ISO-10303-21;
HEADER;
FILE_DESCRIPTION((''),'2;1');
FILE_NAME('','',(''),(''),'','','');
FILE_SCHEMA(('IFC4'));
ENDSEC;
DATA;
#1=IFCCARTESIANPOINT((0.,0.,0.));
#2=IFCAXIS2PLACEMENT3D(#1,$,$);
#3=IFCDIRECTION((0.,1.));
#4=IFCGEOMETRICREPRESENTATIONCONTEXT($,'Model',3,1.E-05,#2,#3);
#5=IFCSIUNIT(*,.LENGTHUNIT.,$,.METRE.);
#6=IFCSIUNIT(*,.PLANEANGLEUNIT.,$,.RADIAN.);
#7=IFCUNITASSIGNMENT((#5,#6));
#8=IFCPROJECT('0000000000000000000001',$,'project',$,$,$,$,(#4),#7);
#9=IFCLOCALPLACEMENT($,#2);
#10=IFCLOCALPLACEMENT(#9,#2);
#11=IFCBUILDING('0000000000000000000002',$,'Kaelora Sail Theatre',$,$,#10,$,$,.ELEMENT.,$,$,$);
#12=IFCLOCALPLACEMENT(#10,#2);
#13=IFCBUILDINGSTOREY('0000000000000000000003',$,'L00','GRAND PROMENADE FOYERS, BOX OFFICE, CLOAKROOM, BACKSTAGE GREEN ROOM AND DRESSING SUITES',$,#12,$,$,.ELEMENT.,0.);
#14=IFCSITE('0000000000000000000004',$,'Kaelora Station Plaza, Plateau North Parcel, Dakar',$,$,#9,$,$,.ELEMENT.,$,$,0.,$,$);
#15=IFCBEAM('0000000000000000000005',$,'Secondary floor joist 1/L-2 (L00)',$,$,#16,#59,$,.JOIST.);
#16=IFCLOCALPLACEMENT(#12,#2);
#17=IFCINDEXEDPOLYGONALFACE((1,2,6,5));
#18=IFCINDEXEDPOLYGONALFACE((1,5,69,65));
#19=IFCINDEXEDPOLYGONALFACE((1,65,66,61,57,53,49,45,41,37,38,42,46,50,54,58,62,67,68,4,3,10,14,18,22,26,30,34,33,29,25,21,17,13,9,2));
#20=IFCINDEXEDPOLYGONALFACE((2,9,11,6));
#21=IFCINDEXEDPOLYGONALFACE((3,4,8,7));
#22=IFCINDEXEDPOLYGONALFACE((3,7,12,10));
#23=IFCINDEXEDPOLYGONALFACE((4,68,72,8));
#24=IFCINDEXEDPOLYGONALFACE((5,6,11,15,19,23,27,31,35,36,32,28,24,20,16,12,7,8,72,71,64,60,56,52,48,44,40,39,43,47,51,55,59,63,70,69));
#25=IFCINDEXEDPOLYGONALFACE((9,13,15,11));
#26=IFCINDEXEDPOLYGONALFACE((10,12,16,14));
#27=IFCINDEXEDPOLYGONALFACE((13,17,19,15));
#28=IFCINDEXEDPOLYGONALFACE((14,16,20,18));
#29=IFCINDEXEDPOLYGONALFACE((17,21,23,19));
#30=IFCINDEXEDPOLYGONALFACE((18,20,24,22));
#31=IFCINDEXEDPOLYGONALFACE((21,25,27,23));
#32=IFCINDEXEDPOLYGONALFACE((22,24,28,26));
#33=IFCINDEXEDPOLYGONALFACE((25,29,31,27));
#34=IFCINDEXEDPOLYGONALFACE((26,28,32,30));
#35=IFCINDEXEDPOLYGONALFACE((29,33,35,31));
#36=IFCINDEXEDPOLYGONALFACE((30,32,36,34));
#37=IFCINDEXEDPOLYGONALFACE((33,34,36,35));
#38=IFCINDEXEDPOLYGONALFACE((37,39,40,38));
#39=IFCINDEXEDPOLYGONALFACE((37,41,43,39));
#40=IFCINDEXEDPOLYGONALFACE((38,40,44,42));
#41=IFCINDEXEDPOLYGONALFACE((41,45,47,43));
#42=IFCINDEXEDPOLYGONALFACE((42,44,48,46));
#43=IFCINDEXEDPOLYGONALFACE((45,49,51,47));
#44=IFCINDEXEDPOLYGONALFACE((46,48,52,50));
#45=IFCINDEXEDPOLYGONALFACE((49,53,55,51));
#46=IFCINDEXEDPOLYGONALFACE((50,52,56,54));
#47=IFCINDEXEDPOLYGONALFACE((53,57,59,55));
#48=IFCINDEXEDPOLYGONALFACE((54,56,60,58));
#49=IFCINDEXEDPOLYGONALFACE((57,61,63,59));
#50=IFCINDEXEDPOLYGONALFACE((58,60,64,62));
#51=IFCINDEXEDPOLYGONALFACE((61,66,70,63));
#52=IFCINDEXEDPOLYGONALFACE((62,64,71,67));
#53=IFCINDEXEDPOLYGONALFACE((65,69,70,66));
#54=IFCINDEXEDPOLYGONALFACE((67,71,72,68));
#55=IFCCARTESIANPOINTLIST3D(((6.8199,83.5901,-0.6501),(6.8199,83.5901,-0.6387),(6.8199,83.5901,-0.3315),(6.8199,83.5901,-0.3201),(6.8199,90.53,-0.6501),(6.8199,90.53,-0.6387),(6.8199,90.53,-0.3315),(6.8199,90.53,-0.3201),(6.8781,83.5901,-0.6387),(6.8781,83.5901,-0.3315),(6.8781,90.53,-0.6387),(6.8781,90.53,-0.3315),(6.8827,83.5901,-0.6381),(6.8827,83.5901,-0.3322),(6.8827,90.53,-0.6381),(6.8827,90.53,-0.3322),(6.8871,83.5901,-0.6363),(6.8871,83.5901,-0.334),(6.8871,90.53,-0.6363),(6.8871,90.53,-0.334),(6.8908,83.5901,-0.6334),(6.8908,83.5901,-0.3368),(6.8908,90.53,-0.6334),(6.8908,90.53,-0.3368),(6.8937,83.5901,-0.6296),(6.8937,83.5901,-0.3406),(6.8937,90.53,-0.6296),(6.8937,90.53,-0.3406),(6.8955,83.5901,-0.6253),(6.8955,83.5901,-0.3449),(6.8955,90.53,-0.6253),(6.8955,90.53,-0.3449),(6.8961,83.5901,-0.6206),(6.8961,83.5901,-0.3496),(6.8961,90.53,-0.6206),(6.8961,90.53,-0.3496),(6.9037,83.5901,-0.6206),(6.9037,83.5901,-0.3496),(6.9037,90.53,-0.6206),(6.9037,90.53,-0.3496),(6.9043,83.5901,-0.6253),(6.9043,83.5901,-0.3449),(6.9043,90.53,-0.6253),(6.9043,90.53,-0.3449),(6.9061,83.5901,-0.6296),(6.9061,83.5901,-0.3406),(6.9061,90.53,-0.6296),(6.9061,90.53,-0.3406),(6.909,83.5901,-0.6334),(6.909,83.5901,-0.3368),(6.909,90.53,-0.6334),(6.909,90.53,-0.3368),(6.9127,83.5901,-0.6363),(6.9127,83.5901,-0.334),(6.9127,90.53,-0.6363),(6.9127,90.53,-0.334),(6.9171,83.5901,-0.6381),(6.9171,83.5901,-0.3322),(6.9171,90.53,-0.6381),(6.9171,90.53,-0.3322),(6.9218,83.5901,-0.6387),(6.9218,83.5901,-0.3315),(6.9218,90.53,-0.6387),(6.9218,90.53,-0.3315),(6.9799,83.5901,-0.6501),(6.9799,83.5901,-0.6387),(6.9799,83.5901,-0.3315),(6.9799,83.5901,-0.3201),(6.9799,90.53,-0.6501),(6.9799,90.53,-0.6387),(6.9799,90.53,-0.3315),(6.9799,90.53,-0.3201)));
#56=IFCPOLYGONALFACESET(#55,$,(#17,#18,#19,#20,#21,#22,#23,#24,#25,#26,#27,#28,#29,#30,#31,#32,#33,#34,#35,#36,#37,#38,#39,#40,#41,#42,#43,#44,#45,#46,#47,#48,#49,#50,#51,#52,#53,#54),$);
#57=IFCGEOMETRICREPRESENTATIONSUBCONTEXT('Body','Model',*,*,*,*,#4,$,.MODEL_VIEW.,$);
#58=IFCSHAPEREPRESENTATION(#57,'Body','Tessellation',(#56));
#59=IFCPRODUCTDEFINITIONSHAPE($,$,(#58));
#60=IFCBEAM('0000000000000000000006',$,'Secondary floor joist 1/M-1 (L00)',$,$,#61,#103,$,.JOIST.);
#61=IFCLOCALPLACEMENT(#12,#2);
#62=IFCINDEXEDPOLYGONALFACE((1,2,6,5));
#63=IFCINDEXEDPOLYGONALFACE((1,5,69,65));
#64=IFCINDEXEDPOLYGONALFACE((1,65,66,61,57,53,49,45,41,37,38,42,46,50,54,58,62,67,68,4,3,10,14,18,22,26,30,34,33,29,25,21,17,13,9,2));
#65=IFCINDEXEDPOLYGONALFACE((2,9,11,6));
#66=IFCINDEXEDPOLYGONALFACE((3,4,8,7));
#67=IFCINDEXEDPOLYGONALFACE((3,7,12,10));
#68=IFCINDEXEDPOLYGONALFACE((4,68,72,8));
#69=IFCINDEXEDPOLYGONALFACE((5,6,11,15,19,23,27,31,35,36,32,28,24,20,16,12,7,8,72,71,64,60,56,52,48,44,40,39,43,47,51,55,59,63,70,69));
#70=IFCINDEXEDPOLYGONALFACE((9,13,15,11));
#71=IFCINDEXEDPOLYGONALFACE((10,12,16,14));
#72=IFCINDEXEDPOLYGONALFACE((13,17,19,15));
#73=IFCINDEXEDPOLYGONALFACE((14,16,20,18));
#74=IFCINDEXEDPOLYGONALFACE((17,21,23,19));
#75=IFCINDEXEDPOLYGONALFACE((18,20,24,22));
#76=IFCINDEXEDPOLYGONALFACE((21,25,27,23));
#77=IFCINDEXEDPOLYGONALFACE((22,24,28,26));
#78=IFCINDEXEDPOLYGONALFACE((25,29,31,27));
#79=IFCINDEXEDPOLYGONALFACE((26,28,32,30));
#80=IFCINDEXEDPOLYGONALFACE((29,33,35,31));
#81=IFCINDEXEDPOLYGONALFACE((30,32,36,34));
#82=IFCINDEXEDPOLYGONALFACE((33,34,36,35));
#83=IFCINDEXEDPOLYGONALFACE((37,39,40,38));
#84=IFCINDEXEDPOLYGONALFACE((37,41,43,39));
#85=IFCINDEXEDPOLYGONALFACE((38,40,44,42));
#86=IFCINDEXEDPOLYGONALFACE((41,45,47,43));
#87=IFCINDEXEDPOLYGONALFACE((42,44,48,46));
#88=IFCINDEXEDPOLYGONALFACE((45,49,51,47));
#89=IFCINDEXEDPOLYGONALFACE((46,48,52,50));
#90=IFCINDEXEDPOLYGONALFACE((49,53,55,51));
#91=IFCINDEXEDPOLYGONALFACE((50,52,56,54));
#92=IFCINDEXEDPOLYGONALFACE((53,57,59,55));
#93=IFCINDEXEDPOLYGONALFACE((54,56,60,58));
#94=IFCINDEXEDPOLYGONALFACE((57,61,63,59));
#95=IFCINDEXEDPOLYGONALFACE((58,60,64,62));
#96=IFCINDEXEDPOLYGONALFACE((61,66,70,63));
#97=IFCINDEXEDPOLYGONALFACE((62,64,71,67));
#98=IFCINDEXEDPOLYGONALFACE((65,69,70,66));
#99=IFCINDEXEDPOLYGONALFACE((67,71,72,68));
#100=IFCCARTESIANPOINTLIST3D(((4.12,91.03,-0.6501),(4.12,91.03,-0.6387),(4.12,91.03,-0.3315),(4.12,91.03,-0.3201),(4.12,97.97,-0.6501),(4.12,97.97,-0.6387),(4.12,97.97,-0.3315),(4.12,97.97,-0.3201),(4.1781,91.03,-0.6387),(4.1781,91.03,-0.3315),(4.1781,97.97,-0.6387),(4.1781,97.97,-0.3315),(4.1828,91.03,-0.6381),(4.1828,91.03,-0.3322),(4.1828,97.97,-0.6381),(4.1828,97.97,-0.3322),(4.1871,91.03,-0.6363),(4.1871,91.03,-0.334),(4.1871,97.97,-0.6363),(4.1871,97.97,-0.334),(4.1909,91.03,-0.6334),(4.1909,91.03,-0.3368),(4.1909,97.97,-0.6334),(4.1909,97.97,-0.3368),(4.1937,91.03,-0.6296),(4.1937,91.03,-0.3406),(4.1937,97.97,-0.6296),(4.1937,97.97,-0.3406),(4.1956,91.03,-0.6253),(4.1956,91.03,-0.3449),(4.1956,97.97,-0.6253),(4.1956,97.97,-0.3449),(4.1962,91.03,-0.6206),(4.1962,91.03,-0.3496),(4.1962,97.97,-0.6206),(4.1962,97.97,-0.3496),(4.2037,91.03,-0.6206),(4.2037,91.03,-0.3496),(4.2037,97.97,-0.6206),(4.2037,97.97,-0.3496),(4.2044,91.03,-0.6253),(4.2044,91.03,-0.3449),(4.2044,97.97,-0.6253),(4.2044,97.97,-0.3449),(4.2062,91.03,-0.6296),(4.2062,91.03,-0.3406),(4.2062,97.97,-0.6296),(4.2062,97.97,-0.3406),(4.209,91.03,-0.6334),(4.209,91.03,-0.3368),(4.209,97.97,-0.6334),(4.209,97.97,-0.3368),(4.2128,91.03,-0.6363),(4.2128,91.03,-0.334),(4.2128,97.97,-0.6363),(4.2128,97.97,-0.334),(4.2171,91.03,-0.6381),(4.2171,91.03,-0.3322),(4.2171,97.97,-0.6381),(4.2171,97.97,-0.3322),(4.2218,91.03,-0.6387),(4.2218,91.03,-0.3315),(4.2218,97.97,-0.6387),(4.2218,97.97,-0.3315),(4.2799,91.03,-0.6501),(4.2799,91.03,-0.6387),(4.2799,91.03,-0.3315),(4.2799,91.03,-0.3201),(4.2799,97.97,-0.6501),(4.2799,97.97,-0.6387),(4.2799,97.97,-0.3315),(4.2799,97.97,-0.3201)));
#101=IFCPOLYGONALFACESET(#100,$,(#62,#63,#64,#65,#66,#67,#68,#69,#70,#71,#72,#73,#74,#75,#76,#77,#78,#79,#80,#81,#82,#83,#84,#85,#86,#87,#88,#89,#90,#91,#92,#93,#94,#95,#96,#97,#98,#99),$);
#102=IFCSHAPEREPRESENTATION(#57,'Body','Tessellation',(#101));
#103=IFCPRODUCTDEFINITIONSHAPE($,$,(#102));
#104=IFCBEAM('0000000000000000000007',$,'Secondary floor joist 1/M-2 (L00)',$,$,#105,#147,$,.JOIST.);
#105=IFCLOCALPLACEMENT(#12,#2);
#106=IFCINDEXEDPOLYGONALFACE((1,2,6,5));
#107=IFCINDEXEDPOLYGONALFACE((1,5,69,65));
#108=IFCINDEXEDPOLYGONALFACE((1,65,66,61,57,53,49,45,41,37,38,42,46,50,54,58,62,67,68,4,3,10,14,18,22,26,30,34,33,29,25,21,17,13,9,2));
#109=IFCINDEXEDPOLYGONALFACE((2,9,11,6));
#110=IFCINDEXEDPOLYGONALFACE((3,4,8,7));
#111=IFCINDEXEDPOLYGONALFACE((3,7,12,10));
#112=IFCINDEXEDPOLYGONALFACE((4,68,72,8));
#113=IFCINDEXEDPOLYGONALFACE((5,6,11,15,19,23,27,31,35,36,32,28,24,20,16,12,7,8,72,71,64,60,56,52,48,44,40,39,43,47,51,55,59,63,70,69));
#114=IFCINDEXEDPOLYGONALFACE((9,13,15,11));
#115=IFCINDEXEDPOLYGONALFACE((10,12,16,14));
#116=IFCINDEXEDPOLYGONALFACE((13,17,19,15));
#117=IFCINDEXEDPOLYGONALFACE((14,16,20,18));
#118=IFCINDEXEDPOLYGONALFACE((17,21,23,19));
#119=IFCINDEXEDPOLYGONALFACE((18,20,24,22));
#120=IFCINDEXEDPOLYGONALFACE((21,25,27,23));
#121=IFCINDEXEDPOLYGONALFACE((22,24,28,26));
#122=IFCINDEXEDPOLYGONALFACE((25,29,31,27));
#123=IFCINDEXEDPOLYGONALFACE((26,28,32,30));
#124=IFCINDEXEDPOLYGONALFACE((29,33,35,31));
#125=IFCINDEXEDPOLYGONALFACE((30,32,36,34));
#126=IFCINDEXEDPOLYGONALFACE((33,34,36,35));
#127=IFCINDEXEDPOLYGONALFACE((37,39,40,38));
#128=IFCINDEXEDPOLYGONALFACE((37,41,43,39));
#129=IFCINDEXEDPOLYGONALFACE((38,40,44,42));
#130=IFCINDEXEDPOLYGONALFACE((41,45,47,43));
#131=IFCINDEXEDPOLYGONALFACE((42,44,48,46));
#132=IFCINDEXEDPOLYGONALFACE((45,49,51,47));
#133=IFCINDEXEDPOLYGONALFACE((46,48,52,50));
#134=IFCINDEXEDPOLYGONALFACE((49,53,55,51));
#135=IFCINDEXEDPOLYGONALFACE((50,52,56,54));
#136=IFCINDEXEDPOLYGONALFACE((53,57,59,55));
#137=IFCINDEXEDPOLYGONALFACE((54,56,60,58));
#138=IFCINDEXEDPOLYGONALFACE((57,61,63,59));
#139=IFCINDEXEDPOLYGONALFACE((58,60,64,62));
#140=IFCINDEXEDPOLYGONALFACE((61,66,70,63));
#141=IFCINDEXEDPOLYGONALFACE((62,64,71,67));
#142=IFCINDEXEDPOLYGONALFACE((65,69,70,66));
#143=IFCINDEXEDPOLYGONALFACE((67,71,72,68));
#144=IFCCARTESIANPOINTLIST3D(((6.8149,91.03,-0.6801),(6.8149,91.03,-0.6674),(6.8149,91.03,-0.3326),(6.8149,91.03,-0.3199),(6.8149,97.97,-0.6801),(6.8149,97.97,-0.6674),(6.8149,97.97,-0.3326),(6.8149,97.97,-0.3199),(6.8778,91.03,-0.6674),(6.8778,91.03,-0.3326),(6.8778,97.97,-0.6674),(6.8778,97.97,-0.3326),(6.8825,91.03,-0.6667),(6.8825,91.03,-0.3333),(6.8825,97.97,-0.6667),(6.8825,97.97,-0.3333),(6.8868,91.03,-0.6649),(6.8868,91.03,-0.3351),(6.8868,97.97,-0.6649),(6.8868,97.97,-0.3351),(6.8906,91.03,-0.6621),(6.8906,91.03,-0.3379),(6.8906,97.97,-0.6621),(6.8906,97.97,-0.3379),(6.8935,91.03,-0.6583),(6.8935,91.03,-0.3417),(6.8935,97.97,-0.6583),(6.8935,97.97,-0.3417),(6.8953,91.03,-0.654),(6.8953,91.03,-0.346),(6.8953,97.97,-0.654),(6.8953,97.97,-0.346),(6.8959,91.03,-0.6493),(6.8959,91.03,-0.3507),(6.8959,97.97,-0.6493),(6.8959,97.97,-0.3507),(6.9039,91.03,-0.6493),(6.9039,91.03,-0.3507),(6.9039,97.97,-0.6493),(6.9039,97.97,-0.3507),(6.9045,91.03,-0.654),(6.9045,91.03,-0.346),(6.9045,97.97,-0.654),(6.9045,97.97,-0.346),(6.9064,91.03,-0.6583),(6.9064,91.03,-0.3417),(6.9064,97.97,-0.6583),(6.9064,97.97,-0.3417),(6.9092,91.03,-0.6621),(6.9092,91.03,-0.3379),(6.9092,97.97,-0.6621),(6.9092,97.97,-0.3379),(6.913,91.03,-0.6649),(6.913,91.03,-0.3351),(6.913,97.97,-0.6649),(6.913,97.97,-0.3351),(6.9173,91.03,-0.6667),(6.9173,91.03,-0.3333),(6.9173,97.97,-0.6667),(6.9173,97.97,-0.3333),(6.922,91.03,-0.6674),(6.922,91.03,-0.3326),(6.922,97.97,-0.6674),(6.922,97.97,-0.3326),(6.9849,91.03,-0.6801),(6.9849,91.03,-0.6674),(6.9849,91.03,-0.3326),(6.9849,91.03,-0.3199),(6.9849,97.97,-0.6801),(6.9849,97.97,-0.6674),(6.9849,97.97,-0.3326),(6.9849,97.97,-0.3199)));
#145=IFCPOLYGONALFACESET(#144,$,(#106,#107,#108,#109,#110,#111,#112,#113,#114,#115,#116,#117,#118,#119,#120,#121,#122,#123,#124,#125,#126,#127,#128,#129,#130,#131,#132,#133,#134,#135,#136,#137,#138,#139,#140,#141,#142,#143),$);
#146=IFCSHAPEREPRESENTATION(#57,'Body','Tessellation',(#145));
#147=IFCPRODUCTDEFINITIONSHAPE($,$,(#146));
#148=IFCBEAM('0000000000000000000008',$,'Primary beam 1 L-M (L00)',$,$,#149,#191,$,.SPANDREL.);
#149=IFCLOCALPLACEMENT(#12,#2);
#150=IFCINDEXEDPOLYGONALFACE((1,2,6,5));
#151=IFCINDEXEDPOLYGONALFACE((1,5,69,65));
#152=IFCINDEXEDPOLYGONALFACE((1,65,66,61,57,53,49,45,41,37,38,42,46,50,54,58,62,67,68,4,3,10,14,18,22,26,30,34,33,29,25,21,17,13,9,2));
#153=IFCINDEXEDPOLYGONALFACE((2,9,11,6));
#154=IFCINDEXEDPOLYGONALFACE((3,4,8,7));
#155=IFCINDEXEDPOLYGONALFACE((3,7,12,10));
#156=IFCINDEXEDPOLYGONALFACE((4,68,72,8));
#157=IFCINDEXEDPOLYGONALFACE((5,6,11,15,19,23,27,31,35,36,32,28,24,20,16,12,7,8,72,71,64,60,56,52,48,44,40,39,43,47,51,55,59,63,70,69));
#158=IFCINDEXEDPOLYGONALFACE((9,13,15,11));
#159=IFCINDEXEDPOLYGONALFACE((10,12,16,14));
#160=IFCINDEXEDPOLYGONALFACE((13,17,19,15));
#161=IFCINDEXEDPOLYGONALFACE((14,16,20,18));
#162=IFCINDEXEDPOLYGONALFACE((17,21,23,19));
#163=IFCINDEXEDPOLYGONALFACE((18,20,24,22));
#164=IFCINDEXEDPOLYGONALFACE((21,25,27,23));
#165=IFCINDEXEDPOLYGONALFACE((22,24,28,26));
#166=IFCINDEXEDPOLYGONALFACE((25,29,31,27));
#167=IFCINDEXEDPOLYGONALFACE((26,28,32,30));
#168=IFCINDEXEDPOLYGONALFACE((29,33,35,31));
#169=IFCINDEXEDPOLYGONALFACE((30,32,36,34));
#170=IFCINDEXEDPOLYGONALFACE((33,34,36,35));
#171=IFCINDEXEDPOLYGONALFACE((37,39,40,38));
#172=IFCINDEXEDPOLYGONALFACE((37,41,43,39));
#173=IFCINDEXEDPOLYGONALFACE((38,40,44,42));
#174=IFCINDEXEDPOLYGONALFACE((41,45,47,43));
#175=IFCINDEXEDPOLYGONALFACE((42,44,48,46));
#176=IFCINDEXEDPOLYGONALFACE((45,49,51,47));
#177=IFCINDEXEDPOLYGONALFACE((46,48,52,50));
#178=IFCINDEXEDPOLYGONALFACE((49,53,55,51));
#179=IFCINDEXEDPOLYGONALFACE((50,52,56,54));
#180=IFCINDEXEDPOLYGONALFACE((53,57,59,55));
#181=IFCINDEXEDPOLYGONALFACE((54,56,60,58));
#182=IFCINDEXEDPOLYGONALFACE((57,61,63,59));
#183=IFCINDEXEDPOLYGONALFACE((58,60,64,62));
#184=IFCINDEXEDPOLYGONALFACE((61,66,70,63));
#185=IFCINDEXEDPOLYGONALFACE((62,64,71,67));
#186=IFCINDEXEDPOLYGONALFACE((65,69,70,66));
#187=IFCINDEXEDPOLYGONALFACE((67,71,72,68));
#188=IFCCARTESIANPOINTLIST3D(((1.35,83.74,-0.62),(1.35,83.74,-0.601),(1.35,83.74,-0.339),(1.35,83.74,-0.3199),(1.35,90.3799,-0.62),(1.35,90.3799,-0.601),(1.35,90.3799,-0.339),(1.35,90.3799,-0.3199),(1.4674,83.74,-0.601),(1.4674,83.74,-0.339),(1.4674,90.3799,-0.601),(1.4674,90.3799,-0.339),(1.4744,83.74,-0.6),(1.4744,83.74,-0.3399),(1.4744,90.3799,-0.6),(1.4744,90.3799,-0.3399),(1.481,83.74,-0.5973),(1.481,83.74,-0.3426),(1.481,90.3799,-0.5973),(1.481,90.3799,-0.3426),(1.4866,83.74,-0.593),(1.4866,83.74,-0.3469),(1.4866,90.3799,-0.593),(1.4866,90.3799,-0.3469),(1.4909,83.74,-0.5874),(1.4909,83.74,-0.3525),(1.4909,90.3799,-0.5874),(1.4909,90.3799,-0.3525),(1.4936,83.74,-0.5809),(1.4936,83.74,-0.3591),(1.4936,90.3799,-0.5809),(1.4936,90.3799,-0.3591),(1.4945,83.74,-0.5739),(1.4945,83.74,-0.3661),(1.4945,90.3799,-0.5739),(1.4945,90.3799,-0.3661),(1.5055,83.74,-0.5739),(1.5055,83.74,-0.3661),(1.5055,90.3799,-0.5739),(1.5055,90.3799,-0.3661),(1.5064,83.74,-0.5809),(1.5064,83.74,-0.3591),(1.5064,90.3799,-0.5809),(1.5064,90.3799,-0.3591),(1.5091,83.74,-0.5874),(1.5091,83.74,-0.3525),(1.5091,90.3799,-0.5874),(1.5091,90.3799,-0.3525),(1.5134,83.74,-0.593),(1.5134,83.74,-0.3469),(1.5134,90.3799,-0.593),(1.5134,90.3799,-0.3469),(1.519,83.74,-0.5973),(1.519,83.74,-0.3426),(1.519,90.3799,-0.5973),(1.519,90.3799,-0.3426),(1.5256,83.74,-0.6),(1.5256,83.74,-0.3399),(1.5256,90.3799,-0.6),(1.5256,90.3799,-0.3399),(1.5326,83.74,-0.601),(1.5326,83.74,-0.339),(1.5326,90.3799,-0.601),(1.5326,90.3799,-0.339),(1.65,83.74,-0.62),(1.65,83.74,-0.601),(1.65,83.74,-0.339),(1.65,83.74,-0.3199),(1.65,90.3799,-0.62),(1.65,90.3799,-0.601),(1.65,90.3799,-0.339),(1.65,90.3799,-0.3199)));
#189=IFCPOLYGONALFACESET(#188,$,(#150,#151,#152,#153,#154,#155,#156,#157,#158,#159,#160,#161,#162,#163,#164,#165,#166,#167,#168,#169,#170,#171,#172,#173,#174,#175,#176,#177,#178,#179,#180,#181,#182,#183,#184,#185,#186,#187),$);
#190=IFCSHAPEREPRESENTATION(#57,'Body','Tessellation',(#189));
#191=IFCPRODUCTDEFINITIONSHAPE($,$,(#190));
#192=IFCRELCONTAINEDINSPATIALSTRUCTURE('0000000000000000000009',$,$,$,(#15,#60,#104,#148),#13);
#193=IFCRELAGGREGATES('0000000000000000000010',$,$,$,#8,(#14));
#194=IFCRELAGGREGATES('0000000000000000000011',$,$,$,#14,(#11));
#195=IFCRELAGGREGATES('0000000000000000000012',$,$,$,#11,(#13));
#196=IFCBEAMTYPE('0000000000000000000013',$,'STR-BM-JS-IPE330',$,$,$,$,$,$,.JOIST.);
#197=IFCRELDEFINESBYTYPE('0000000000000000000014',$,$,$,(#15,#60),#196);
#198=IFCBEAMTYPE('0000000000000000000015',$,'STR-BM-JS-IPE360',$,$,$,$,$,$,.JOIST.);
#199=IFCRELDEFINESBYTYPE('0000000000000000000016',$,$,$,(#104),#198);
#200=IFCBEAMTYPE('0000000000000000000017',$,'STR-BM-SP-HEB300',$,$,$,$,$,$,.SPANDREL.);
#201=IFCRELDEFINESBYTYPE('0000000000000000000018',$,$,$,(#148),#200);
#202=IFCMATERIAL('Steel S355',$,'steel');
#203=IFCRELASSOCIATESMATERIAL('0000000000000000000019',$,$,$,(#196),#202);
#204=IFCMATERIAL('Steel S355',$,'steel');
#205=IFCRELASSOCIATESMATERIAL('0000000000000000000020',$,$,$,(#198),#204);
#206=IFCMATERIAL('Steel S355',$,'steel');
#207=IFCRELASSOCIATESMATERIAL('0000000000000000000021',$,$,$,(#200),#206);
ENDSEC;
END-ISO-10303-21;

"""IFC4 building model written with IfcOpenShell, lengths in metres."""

from ifc_helpers import new_model, si_unit, direction, frame, origin, origin_2d, place, context, subcontext, project, spatial, i_section, extrude, material, material_profile, profile_set, type_object, element, save


model = new_model("IFC4")

# Units and contexts
model_context = context("Model", 3, precision=1e-05, world=origin(), true_north=direction((0.0, 1.0)))
body_context = subcontext(model_context, "Body", "Model", "MODEL_VIEW")
ifc_project = project(units=[si_unit("LENGTHUNIT", "METRE"), si_unit("PLANEANGLEUNIT", "RADIAN")], contexts=[model_context])

# Site, building, storey
site_placement = place(None, origin())
site = spatial("IfcSite", under=ifc_project, at=site_placement, Name="Kaelora Station Plaza, Plateau North Parcel, Dakar", CompositionType="ELEMENT", RefElevation=0.0)
building_placement = place(site_placement, origin())
building = spatial("IfcBuilding", under=site, at=building_placement, Name="Kaelora Sail Theatre", CompositionType="ELEMENT")
storey_placement = place(building_placement, origin())
storey = spatial("IfcBuildingStorey", under=building, at=storey_placement, Name="L00", Description="GRAND PROMENADE FOYERS, BOX OFFICE, CLOAKROOM, BACKSTAGE GREEN ROOM AND DRESSING SUITES", CompositionType="ELEMENT", Elevation=0.0)

# Beams
ifc_material_1 = material(Name="Steel S355", Category="steel")
ifc_material_profile_1 = material_profile(ifc_material_1, i_section(OverallWidth=0.1599, OverallDepth=0.3301, WebThickness=0.0076, FlangeThickness=0.0115, FilletRadius=0.0181, at=origin_2d()), Name="IPE 330")
ifc_profile_set_1 = profile_set([ifc_material_profile_1], Name="Steel S355")
beam_type_1 = type_object("IfcBeamType", Name="STR-BM-JS-IPE330", PredefinedType="JOIST", material=ifc_profile_set_1)
for number, where, z_axis, x_axis, name in (
    (1, (6.8999, 83.5901, -0.4851), (0.0, 1.0, 0.0), (-1.0, 0.0, 0.0), "Secondary floor joist 1/L-2 (L00)"),
    (2, (4.2, 91.03, -0.4851), (0.0, 1.0, 0.0), (-1.0, 0.0, 0.0), "Secondary floor joist 1/M-1 (L00)"),
):
    element("IfcBeam", number, at=place(storey_placement, frame(where, z_axis=z_axis, x_axis=x_axis)), inside=storey, type_object=beam_type_1, Name=name, PredefinedType="JOIST", context=body_context, shape_type="SweptSolid", body=[
        extrude(i_section(OverallWidth=0.1599, OverallDepth=0.3301, WebThickness=0.0076, FlangeThickness=0.0115, FilletRadius=0.0181, at=origin_2d()), origin(), (0.0, 0.0, 1.0), 6.9399),
    ])
ifc_material_2 = material(Name="Steel S355", Category="steel")
ifc_material_profile_2 = material_profile(ifc_material_2, i_section(OverallWidth=0.1699, OverallDepth=0.3601, WebThickness=0.0081, FlangeThickness=0.0127, FilletRadius=0.0181, at=origin_2d()), Name="IPE 360")
ifc_profile_set_2 = profile_set([ifc_material_profile_2], Name="Steel S355")
beam_type_2 = type_object("IfcBeamType", Name="STR-BM-JS-IPE360", PredefinedType="JOIST", material=ifc_profile_set_2)
beam_1_placement = place(storey_placement, frame((6.8999, 91.03, -0.5), z_axis=(0.0, 1.0, 0.0), x_axis=(-1.0, 0.0, 0.0)))
element("IfcBeam", 3, at=beam_1_placement, inside=storey, type_object=beam_type_2, Name="Secondary floor joist 1/M-2 (L00)", PredefinedType="JOIST", context=body_context, shape_type="SweptSolid", body=[
    extrude(i_section(OverallWidth=0.1699, OverallDepth=0.3601, WebThickness=0.0081, FlangeThickness=0.0127, FilletRadius=0.0181, at=origin_2d()), origin(), (0.0, 0.0, 1.0), 6.9399),
])
ifc_material_3 = material(Name="Steel S355", Category="steel")
ifc_material_profile_3 = material_profile(ifc_material_3, i_section(OverallWidth=0.3, OverallDepth=0.3, WebThickness=0.011, FlangeThickness=0.019, FilletRadius=0.0271, at=origin_2d()), Name="HEB 300")
ifc_profile_set_3 = profile_set([ifc_material_profile_3], Name="Steel S355")
beam_type_3 = type_object("IfcBeamType", Name="STR-BM-SP-HEB300", PredefinedType="SPANDREL", material=ifc_profile_set_3)
beam_2_placement = place(storey_placement, frame((1.5, 83.74, -0.47), z_axis=(0.0, 1.0, 0.0), x_axis=(-1.0, 0.0, 0.0)))
element("IfcBeam", 4, at=beam_2_placement, inside=storey, type_object=beam_type_3, Name="Primary beam 1 L-M (L00)", PredefinedType="SPANDREL", context=body_context, shape_type="SweptSolid", body=[
    extrude(i_section(OverallWidth=0.3, OverallDepth=0.3, WebThickness=0.011, FlangeThickness=0.019, FilletRadius=0.0271, at=origin_2d()), origin(), (0.0, 0.0, 1.0), 6.6399),
])

save(model, "model.ifc")
